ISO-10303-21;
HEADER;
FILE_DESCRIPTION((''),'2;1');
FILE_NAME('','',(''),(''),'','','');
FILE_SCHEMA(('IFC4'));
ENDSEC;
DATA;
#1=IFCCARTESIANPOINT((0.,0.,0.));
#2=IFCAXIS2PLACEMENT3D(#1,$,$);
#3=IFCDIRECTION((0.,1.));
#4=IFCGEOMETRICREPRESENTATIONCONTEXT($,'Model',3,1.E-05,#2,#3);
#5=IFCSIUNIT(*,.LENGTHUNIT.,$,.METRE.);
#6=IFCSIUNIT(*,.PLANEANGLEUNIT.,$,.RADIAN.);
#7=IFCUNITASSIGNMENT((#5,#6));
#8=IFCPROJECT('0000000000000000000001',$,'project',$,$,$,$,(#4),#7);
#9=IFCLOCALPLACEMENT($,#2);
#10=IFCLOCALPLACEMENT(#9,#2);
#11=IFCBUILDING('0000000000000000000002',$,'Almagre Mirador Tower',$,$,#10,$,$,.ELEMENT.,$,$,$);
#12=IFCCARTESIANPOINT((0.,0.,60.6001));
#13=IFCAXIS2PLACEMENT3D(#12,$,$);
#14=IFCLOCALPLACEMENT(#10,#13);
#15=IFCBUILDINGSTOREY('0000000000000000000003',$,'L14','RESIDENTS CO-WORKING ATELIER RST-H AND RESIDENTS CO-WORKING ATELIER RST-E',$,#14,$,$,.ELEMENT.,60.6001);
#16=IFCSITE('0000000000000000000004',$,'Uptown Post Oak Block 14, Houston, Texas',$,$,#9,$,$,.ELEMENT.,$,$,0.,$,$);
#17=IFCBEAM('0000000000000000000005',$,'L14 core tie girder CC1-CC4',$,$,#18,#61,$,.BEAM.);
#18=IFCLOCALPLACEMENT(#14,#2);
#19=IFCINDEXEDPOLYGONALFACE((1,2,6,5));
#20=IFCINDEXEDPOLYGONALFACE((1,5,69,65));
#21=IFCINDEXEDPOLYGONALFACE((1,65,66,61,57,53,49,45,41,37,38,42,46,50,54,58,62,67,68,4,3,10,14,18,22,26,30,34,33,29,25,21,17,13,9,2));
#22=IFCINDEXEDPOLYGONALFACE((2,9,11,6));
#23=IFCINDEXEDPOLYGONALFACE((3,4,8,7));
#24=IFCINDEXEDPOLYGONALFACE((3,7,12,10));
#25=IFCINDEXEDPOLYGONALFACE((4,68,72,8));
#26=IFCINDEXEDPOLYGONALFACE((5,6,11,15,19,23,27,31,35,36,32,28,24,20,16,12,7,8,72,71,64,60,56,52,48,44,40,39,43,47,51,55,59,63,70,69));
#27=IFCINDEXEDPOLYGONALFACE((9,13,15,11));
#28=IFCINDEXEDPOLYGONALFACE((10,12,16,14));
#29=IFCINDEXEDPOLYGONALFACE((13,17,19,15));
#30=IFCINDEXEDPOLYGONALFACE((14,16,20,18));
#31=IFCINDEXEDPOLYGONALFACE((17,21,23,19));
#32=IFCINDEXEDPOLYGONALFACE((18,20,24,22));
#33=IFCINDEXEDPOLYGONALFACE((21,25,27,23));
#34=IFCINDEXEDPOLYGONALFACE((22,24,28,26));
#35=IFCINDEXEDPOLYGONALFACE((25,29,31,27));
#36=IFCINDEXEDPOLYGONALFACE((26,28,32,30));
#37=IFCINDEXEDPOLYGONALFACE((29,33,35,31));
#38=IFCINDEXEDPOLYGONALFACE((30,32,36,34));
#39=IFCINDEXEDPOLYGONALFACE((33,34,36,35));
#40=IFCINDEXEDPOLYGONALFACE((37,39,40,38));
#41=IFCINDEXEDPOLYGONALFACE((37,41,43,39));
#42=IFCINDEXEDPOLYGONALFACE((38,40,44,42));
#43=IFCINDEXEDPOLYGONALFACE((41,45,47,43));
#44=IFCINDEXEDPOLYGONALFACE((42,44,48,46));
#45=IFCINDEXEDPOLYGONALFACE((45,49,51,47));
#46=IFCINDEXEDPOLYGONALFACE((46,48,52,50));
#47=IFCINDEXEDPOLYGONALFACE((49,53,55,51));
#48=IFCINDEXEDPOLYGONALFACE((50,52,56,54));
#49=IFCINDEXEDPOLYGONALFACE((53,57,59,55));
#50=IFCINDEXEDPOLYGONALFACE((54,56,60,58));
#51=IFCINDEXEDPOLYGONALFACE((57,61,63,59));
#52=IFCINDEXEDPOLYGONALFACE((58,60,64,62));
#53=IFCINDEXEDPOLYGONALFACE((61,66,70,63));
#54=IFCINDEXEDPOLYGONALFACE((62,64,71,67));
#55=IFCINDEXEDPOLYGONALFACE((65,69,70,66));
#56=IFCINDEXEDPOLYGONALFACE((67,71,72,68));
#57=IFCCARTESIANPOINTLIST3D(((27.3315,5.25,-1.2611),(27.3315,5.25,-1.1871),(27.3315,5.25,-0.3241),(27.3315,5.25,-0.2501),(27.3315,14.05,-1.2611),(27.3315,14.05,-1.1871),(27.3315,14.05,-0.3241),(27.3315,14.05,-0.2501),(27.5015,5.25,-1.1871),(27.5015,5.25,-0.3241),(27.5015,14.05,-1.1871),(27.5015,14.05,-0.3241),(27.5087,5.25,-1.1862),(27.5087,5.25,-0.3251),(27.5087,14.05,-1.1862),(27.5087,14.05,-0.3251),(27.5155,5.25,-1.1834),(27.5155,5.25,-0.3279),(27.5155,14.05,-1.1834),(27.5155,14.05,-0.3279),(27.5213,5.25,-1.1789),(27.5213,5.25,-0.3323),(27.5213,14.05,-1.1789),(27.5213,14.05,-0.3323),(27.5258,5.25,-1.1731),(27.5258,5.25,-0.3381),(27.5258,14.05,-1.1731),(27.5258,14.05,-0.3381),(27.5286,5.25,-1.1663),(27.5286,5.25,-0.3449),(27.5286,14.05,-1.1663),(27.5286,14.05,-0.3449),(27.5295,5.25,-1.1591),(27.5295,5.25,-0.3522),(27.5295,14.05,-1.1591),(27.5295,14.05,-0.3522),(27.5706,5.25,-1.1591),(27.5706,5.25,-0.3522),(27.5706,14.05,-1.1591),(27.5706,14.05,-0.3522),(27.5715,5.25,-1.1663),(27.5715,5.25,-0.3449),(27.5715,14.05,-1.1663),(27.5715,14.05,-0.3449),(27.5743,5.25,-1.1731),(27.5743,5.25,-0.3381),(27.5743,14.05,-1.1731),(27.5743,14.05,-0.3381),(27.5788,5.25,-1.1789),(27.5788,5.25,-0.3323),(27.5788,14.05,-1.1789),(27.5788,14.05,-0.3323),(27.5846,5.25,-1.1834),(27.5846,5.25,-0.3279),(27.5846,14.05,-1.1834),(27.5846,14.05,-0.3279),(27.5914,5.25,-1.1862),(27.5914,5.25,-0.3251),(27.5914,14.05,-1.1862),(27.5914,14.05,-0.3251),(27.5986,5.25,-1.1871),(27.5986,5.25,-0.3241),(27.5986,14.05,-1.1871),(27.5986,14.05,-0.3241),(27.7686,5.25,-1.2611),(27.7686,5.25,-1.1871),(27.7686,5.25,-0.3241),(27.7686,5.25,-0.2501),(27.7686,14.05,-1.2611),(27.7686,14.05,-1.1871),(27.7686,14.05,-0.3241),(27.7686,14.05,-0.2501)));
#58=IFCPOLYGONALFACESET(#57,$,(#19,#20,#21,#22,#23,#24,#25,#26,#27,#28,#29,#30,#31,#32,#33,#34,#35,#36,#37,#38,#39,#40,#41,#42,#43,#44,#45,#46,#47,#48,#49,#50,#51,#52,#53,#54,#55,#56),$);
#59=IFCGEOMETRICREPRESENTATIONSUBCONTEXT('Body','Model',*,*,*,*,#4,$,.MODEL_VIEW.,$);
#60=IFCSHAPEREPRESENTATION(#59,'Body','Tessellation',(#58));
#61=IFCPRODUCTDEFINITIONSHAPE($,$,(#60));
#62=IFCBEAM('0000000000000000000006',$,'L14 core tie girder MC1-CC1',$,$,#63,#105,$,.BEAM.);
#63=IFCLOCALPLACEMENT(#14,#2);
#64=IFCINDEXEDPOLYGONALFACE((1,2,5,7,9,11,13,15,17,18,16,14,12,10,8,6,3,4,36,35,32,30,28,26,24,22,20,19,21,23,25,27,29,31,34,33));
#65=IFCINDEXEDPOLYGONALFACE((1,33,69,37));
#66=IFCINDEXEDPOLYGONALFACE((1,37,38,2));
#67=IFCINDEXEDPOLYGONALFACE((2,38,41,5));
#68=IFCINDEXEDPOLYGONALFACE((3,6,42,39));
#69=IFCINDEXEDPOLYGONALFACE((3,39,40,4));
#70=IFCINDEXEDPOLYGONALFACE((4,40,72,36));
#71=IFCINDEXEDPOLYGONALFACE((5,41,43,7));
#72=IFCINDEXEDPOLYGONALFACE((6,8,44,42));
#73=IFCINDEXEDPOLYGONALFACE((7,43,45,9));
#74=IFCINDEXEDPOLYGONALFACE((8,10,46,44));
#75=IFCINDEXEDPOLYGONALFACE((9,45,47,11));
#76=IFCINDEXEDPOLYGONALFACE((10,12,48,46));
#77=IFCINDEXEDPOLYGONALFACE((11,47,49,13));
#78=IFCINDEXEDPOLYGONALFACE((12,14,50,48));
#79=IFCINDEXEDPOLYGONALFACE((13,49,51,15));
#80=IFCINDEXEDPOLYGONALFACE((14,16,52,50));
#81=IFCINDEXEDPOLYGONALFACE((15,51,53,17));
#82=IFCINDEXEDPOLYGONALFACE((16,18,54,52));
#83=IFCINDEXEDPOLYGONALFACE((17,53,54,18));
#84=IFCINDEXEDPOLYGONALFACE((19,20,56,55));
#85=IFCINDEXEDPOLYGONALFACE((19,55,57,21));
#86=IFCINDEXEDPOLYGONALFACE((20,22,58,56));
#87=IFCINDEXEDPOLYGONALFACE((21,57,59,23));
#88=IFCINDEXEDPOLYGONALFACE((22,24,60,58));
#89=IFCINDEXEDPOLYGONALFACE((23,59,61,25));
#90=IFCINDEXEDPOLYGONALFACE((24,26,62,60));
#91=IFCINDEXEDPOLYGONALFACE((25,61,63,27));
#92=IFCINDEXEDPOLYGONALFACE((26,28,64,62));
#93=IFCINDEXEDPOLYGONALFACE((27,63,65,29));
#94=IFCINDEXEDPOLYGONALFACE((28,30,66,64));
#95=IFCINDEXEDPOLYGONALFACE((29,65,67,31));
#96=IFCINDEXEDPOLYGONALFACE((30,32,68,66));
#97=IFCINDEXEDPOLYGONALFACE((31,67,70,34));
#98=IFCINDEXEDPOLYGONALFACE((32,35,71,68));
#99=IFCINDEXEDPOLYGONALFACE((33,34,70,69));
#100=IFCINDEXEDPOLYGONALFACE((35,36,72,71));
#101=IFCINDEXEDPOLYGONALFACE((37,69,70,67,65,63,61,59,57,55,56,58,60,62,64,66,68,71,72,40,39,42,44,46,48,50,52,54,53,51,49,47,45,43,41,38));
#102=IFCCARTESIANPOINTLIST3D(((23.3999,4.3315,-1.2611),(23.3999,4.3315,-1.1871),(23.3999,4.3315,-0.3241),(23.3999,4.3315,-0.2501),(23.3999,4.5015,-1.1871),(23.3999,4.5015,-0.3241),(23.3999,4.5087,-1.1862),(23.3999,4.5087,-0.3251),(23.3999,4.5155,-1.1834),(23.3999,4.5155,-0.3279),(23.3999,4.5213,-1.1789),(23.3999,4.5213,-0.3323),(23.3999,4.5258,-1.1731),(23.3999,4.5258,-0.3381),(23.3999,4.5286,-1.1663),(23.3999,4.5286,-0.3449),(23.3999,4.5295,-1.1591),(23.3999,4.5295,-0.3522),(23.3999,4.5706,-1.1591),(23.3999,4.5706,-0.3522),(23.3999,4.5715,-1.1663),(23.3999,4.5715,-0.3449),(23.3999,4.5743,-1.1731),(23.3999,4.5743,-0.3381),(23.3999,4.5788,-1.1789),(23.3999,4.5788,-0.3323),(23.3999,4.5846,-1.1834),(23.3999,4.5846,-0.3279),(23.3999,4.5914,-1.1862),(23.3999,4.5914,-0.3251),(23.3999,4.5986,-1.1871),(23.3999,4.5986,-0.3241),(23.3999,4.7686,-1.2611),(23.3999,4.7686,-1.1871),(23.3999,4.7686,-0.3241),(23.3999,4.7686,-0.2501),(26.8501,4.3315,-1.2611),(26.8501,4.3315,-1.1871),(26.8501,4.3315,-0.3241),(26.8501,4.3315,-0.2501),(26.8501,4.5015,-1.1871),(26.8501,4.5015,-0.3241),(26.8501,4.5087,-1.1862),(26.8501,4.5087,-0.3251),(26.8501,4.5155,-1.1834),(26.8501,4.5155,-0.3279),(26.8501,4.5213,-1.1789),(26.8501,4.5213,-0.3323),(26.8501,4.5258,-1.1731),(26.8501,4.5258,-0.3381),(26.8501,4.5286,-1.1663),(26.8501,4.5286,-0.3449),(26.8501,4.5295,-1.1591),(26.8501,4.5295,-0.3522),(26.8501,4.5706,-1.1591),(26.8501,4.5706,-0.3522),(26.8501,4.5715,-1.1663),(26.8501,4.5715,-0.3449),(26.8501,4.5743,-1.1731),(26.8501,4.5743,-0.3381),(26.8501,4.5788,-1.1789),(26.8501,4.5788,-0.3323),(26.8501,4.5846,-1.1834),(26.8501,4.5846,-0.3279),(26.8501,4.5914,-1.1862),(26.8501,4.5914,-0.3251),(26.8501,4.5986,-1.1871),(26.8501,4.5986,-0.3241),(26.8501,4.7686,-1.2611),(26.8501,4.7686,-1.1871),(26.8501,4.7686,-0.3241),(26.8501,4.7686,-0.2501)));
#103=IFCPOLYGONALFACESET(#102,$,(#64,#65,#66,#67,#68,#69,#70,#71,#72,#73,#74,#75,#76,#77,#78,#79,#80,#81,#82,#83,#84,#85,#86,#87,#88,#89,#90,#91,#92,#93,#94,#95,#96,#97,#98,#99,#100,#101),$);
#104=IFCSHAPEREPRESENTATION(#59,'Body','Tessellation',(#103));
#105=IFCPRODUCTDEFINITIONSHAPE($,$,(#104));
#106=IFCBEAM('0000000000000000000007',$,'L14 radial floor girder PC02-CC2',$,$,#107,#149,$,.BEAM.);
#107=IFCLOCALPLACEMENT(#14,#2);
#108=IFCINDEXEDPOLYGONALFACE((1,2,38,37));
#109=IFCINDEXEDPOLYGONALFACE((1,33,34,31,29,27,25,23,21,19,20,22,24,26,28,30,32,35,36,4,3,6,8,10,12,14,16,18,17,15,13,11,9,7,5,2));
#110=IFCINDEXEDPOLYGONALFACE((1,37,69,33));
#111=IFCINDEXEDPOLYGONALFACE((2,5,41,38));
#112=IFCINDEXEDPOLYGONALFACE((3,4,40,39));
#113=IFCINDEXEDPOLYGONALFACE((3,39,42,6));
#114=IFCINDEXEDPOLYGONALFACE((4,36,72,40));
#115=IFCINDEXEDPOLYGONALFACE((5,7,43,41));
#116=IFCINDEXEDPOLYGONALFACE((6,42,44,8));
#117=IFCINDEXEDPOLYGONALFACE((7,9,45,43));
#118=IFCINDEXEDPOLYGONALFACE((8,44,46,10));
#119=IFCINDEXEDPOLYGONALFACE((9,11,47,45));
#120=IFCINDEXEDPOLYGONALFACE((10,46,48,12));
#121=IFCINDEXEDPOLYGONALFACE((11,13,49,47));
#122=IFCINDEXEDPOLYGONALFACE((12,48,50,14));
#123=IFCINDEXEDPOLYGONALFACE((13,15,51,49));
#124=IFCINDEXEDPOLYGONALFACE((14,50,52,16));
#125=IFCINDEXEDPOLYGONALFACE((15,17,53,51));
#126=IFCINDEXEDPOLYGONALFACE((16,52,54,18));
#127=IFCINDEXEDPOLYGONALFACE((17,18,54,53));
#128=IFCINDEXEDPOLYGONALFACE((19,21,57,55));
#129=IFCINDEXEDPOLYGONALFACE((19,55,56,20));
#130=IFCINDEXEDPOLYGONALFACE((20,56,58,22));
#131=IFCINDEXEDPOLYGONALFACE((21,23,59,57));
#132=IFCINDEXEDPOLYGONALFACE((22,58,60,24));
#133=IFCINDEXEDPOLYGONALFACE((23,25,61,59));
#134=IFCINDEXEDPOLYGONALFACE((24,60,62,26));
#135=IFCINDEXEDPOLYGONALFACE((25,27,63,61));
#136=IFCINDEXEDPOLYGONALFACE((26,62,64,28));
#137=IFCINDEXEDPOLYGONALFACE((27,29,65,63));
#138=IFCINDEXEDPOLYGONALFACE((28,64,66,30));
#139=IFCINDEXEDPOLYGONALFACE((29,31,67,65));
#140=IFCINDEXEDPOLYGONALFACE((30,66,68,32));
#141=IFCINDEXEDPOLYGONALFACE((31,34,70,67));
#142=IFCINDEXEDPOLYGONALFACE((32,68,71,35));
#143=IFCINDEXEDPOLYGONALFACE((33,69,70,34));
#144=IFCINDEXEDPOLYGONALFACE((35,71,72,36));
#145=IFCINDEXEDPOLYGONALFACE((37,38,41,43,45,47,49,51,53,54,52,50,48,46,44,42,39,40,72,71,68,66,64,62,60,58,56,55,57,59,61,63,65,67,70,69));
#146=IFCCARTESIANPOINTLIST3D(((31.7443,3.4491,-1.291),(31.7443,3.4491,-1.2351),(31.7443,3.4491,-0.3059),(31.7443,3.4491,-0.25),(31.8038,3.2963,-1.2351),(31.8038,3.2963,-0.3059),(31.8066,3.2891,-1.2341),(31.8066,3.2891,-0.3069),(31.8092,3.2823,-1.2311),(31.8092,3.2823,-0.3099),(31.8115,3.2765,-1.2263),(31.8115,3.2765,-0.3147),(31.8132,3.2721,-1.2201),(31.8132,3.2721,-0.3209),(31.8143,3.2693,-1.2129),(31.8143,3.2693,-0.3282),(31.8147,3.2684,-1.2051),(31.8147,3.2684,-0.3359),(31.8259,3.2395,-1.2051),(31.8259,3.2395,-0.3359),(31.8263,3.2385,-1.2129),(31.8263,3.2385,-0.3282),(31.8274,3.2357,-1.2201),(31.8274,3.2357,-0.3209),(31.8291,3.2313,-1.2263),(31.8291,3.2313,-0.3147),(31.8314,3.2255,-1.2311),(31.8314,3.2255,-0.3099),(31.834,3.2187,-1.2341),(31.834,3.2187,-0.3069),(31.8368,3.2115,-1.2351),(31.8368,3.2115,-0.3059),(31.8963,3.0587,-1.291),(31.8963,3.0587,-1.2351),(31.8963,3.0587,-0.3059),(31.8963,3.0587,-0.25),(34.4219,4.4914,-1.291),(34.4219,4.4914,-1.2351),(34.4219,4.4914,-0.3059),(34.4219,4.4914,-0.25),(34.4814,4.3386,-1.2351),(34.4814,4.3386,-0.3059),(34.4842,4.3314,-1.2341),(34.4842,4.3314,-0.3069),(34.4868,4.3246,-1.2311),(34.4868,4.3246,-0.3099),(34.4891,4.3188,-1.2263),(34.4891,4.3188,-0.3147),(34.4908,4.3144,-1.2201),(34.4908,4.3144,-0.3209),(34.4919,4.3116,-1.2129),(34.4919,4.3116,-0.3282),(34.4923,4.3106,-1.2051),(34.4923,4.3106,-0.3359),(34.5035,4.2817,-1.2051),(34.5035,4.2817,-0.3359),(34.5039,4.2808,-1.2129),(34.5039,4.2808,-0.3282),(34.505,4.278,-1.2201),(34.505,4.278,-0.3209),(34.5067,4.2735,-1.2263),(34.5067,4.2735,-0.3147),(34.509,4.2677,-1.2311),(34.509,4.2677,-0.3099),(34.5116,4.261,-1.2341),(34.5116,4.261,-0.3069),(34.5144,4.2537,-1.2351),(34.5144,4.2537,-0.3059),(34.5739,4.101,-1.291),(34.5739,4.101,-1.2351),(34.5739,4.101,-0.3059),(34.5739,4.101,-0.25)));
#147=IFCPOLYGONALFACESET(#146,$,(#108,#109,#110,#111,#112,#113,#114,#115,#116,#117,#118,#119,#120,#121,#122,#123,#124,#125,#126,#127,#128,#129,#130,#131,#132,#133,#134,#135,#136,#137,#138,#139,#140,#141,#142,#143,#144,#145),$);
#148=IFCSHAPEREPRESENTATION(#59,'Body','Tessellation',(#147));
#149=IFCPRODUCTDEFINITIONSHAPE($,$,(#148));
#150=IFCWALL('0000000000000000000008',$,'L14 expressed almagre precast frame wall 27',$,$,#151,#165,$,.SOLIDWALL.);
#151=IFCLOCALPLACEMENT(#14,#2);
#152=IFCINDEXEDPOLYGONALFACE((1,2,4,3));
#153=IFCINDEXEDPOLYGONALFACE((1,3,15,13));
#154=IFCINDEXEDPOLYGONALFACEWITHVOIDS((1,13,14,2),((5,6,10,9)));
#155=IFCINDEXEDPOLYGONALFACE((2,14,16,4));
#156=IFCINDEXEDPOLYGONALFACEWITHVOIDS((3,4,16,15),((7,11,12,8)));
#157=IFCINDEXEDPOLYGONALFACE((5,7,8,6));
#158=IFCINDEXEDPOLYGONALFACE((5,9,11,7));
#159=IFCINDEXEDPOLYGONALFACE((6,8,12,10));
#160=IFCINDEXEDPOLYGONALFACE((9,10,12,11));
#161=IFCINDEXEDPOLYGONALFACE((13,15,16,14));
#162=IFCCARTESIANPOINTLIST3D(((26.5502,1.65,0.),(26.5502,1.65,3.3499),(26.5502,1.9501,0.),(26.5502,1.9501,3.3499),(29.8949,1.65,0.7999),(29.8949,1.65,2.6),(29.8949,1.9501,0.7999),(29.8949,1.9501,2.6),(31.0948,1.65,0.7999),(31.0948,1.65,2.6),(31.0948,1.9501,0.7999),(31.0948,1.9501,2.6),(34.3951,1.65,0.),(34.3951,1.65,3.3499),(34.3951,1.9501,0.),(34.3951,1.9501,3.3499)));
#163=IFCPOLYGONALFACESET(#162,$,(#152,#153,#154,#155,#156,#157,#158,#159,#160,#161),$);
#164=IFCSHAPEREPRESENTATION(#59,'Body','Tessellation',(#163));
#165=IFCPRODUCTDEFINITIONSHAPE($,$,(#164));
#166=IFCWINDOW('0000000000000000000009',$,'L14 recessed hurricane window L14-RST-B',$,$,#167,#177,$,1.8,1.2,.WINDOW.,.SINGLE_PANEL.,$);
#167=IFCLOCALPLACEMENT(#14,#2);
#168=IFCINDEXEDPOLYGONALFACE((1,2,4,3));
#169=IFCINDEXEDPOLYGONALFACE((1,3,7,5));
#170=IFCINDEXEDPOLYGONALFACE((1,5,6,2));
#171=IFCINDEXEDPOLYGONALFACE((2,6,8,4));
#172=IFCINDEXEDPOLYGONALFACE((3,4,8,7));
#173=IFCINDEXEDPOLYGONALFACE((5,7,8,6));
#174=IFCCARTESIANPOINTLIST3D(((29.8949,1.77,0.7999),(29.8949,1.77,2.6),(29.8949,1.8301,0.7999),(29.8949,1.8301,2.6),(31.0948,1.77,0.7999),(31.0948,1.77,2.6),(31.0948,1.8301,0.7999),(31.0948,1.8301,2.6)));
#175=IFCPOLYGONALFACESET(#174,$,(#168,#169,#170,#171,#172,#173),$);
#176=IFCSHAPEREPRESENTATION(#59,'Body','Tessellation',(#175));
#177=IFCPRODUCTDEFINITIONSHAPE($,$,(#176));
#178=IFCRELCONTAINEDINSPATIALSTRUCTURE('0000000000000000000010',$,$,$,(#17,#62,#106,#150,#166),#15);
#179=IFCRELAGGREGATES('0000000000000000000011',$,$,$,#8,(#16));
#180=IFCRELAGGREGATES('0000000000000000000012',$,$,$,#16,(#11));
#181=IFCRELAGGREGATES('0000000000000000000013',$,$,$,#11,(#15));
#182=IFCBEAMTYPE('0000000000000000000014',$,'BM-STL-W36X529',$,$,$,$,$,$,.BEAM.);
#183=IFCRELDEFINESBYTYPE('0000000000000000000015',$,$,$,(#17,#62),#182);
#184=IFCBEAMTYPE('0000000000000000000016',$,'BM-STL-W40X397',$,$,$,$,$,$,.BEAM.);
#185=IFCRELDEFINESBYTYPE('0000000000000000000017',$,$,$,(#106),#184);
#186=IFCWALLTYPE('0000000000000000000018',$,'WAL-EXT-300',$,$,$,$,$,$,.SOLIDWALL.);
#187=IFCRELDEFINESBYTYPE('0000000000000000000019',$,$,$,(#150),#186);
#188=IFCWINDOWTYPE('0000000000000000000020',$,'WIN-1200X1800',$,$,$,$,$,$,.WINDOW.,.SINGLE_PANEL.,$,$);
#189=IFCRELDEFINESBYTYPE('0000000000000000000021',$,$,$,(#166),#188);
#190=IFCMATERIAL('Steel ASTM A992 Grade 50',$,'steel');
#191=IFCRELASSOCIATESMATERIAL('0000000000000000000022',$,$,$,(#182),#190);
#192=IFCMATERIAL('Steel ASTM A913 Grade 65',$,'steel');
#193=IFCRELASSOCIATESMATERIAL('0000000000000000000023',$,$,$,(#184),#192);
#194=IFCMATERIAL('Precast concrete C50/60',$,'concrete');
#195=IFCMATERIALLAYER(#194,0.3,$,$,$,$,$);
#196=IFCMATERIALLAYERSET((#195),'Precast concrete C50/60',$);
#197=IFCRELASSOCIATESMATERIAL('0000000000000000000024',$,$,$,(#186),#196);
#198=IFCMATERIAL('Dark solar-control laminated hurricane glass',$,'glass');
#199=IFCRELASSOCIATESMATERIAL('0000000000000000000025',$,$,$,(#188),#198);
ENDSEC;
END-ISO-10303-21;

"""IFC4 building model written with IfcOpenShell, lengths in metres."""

from ifc_helpers import new_model, si_unit, direction, frame, frame_2d, origin, origin_2d, place, context, subcontext, project, spatial, rectangle, i_section, extrude, material, layer, layer_set, material_profile, profile_set, type_object, element, fill, save


model = new_model("IFC4")

# Units and contexts
model_context = context("Model", 3, precision=1e-05, world=origin(), true_north=direction((0.0, 1.0)))
body_context = subcontext(model_context, "Body", "Model", "MODEL_VIEW")
ifc_project = project(units=[si_unit("LENGTHUNIT", "METRE"), si_unit("PLANEANGLEUNIT", "RADIAN")], contexts=[model_context])

# Site, building, storey
site_placement = place(None, origin())
site = spatial("IfcSite", under=ifc_project, at=site_placement, Name="Uptown Post Oak Block 14, Houston, Texas", CompositionType="ELEMENT", RefElevation=0.0)
building_placement = place(site_placement, origin())
building = spatial("IfcBuilding", under=site, at=building_placement, Name="Almagre Mirador Tower", CompositionType="ELEMENT")
storey_placement = place(building_placement, frame((0.0, 0.0, 60.6001)))
storey = spatial("IfcBuildingStorey", under=building, at=storey_placement, Name="L14", Description="RESIDENTS CO-WORKING ATELIER RST-H AND RESIDENTS CO-WORKING ATELIER RST-E", CompositionType="ELEMENT", Elevation=60.6001)

# Beams
ifc_material_1 = material(Name="Steel ASTM A992 Grade 50", Category="steel")
ifc_material_profile_1 = material_profile(ifc_material_1, i_section(OverallWidth=0.437, OverallDepth=1.011, WebThickness=0.041, FlangeThickness=0.074, FilletRadius=0.0281, at=origin_2d()), Name="W36X529")
ifc_profile_set_1 = profile_set([ifc_material_profile_1], Name="Steel ASTM A992 Grade 50")
beam_type_1 = type_object("IfcBeamType", Name="BM-STL-W36X529", PredefinedType="BEAM", material=ifc_profile_set_1)
beam_1_placement = place(storey_placement, frame((27.55, 5.25, -0.7556), z_axis=(0.0, 1.0, 0.0), x_axis=(-1.0, 0.0, 0.0)))
element("IfcBeam", 1, at=beam_1_placement, inside=storey, type_object=beam_type_1, Name="L14 core tie girder CC1-CC4", PredefinedType="BEAM", context=body_context, shape_type="SweptSolid", body=[
    extrude(i_section(OverallWidth=0.437, OverallDepth=1.011, WebThickness=0.041, FlangeThickness=0.074, FilletRadius=0.0281, at=origin_2d()), origin(), (0.0, 0.0, 1.0), 8.8),
])
beam_2_placement = place(storey_placement, frame((23.3999, 4.55, -0.7556), z_axis=(1.0, 0.0, 0.0), x_axis=(0.0, 1.0, 0.0)))
element("IfcBeam", 2, at=beam_2_placement, inside=storey, type_object=beam_type_1, Name="L14 core tie girder MC1-CC1", PredefinedType="BEAM", context=body_context, shape_type="SweptSolid", body=[
    extrude(i_section(OverallWidth=0.437, OverallDepth=1.011, WebThickness=0.041, FlangeThickness=0.074, FilletRadius=0.0281, at=origin_2d()), origin(), (0.0, 0.0, 1.0), 3.4502),
])
ifc_material_2 = material(Name="Steel ASTM A913 Grade 65", Category="steel")
ifc_material_profile_2 = material_profile(ifc_material_2, i_section(OverallWidth=0.4189, OverallDepth=1.041, WebThickness=0.031, FlangeThickness=0.0559, FilletRadius=0.03, at=origin_2d()), Name="W40X397")
ifc_profile_set_2 = profile_set([ifc_material_profile_2], Name="Steel ASTM A913 Grade 65")
beam_type_2 = type_object("IfcBeamType", Name="BM-STL-W40X397", PredefinedType="BEAM", material=ifc_profile_set_2)
beam_3_placement = place(storey_placement, frame((31.8203, 3.2539, -0.7705), z_axis=(0.931888, 0.362746, 0.0), x_axis=(-0.362746, 0.931888, 0.0)))
element("IfcBeam", 3, at=beam_3_placement, inside=storey, type_object=beam_type_2, Name="L14 radial floor girder PC02-CC2", PredefinedType="BEAM", context=body_context, shape_type="SweptSolid", body=[
    extrude(i_section(OverallWidth=0.4189, OverallDepth=1.041, WebThickness=0.031, FlangeThickness=0.0559, FilletRadius=0.03, at=origin_2d()), origin(), (0.0, 0.0, 1.0), 2.8733),
])

# Wall, opening, window
ifc_material_3 = material(Name="Precast concrete C50/60", Category="concrete")
ifc_layer_1 = layer(ifc_material_3, 0.3)
ifc_layer_set_1 = layer_set([ifc_layer_1], Name="Precast concrete C50/60")
wall_type_1 = type_object("IfcWallType", Name="WAL-EXT-300", PredefinedType="SOLIDWALL", material=ifc_layer_set_1)
wall_1_placement = place(storey_placement, frame((34.395, 1.8, 0.0), z_axis=(0.0, 0.0, 1.0), x_axis=(-1.0, 0.0, 0.0)))
wall_1 = element("IfcWall", 4, at=wall_1_placement, inside=storey, type_object=wall_type_1, Name="L14 expressed almagre precast frame wall 27", PredefinedType="SOLIDWALL", context=body_context, shape_type="SweptSolid", body=[
    extrude(rectangle(XDim=7.845, YDim=0.3, at=frame_2d((3.9224, 0.0))), origin(), (0.0, 0.0, 1.0), 3.3499),
])
opening_1_placement = place(wall_1_placement, frame((3.3, 0.0, 0.8)))
opening_1 = element("IfcOpeningElement", 5, at=opening_1_placement, cuts=wall_1, PredefinedType="OPENING", context=body_context, shape_type="SweptSolid", body=[
    extrude(rectangle(XDim=1.2, YDim=1.8, at=frame_2d((0.6001, 0.8999))), frame((0.0, 0.1599, 0.0), z_axis=(0.0, -1.0, 0.0), x_axis=(1.0, 0.0, 0.0)), (0.0, 0.0, 1.0), 0.32),
])
ifc_material_4 = material(Name="Dark solar-control laminated hurricane glass", Category="glass")
window_type_1 = type_object("IfcWindowType", Name="WIN-1200X1800", PartitioningType="SINGLE_PANEL", PredefinedType="WINDOW", material=ifc_material_4)
window_1_placement = place(opening_1_placement, origin())
window_1 = element("IfcWindow", 6, at=window_1_placement, inside=storey, type_object=window_type_1, Name="L14 recessed hurricane window L14-RST-B", OverallHeight=1.8, OverallWidth=1.2, PartitioningType="SINGLE_PANEL", PredefinedType="WINDOW", context=body_context, shape_type="SweptSolid", body=[
    extrude(rectangle(XDim=1.2, YDim=1.8, at=frame_2d((0.6001, 0.8999))), frame((0.0, 0.03, 0.0), z_axis=(0.0, -1.0, 0.0), x_axis=(1.0, 0.0, 0.0)), (0.0, 0.0, 1.0), 0.0601),
])
fill(opening_1, window_1)

save(model, "model.ifc")
